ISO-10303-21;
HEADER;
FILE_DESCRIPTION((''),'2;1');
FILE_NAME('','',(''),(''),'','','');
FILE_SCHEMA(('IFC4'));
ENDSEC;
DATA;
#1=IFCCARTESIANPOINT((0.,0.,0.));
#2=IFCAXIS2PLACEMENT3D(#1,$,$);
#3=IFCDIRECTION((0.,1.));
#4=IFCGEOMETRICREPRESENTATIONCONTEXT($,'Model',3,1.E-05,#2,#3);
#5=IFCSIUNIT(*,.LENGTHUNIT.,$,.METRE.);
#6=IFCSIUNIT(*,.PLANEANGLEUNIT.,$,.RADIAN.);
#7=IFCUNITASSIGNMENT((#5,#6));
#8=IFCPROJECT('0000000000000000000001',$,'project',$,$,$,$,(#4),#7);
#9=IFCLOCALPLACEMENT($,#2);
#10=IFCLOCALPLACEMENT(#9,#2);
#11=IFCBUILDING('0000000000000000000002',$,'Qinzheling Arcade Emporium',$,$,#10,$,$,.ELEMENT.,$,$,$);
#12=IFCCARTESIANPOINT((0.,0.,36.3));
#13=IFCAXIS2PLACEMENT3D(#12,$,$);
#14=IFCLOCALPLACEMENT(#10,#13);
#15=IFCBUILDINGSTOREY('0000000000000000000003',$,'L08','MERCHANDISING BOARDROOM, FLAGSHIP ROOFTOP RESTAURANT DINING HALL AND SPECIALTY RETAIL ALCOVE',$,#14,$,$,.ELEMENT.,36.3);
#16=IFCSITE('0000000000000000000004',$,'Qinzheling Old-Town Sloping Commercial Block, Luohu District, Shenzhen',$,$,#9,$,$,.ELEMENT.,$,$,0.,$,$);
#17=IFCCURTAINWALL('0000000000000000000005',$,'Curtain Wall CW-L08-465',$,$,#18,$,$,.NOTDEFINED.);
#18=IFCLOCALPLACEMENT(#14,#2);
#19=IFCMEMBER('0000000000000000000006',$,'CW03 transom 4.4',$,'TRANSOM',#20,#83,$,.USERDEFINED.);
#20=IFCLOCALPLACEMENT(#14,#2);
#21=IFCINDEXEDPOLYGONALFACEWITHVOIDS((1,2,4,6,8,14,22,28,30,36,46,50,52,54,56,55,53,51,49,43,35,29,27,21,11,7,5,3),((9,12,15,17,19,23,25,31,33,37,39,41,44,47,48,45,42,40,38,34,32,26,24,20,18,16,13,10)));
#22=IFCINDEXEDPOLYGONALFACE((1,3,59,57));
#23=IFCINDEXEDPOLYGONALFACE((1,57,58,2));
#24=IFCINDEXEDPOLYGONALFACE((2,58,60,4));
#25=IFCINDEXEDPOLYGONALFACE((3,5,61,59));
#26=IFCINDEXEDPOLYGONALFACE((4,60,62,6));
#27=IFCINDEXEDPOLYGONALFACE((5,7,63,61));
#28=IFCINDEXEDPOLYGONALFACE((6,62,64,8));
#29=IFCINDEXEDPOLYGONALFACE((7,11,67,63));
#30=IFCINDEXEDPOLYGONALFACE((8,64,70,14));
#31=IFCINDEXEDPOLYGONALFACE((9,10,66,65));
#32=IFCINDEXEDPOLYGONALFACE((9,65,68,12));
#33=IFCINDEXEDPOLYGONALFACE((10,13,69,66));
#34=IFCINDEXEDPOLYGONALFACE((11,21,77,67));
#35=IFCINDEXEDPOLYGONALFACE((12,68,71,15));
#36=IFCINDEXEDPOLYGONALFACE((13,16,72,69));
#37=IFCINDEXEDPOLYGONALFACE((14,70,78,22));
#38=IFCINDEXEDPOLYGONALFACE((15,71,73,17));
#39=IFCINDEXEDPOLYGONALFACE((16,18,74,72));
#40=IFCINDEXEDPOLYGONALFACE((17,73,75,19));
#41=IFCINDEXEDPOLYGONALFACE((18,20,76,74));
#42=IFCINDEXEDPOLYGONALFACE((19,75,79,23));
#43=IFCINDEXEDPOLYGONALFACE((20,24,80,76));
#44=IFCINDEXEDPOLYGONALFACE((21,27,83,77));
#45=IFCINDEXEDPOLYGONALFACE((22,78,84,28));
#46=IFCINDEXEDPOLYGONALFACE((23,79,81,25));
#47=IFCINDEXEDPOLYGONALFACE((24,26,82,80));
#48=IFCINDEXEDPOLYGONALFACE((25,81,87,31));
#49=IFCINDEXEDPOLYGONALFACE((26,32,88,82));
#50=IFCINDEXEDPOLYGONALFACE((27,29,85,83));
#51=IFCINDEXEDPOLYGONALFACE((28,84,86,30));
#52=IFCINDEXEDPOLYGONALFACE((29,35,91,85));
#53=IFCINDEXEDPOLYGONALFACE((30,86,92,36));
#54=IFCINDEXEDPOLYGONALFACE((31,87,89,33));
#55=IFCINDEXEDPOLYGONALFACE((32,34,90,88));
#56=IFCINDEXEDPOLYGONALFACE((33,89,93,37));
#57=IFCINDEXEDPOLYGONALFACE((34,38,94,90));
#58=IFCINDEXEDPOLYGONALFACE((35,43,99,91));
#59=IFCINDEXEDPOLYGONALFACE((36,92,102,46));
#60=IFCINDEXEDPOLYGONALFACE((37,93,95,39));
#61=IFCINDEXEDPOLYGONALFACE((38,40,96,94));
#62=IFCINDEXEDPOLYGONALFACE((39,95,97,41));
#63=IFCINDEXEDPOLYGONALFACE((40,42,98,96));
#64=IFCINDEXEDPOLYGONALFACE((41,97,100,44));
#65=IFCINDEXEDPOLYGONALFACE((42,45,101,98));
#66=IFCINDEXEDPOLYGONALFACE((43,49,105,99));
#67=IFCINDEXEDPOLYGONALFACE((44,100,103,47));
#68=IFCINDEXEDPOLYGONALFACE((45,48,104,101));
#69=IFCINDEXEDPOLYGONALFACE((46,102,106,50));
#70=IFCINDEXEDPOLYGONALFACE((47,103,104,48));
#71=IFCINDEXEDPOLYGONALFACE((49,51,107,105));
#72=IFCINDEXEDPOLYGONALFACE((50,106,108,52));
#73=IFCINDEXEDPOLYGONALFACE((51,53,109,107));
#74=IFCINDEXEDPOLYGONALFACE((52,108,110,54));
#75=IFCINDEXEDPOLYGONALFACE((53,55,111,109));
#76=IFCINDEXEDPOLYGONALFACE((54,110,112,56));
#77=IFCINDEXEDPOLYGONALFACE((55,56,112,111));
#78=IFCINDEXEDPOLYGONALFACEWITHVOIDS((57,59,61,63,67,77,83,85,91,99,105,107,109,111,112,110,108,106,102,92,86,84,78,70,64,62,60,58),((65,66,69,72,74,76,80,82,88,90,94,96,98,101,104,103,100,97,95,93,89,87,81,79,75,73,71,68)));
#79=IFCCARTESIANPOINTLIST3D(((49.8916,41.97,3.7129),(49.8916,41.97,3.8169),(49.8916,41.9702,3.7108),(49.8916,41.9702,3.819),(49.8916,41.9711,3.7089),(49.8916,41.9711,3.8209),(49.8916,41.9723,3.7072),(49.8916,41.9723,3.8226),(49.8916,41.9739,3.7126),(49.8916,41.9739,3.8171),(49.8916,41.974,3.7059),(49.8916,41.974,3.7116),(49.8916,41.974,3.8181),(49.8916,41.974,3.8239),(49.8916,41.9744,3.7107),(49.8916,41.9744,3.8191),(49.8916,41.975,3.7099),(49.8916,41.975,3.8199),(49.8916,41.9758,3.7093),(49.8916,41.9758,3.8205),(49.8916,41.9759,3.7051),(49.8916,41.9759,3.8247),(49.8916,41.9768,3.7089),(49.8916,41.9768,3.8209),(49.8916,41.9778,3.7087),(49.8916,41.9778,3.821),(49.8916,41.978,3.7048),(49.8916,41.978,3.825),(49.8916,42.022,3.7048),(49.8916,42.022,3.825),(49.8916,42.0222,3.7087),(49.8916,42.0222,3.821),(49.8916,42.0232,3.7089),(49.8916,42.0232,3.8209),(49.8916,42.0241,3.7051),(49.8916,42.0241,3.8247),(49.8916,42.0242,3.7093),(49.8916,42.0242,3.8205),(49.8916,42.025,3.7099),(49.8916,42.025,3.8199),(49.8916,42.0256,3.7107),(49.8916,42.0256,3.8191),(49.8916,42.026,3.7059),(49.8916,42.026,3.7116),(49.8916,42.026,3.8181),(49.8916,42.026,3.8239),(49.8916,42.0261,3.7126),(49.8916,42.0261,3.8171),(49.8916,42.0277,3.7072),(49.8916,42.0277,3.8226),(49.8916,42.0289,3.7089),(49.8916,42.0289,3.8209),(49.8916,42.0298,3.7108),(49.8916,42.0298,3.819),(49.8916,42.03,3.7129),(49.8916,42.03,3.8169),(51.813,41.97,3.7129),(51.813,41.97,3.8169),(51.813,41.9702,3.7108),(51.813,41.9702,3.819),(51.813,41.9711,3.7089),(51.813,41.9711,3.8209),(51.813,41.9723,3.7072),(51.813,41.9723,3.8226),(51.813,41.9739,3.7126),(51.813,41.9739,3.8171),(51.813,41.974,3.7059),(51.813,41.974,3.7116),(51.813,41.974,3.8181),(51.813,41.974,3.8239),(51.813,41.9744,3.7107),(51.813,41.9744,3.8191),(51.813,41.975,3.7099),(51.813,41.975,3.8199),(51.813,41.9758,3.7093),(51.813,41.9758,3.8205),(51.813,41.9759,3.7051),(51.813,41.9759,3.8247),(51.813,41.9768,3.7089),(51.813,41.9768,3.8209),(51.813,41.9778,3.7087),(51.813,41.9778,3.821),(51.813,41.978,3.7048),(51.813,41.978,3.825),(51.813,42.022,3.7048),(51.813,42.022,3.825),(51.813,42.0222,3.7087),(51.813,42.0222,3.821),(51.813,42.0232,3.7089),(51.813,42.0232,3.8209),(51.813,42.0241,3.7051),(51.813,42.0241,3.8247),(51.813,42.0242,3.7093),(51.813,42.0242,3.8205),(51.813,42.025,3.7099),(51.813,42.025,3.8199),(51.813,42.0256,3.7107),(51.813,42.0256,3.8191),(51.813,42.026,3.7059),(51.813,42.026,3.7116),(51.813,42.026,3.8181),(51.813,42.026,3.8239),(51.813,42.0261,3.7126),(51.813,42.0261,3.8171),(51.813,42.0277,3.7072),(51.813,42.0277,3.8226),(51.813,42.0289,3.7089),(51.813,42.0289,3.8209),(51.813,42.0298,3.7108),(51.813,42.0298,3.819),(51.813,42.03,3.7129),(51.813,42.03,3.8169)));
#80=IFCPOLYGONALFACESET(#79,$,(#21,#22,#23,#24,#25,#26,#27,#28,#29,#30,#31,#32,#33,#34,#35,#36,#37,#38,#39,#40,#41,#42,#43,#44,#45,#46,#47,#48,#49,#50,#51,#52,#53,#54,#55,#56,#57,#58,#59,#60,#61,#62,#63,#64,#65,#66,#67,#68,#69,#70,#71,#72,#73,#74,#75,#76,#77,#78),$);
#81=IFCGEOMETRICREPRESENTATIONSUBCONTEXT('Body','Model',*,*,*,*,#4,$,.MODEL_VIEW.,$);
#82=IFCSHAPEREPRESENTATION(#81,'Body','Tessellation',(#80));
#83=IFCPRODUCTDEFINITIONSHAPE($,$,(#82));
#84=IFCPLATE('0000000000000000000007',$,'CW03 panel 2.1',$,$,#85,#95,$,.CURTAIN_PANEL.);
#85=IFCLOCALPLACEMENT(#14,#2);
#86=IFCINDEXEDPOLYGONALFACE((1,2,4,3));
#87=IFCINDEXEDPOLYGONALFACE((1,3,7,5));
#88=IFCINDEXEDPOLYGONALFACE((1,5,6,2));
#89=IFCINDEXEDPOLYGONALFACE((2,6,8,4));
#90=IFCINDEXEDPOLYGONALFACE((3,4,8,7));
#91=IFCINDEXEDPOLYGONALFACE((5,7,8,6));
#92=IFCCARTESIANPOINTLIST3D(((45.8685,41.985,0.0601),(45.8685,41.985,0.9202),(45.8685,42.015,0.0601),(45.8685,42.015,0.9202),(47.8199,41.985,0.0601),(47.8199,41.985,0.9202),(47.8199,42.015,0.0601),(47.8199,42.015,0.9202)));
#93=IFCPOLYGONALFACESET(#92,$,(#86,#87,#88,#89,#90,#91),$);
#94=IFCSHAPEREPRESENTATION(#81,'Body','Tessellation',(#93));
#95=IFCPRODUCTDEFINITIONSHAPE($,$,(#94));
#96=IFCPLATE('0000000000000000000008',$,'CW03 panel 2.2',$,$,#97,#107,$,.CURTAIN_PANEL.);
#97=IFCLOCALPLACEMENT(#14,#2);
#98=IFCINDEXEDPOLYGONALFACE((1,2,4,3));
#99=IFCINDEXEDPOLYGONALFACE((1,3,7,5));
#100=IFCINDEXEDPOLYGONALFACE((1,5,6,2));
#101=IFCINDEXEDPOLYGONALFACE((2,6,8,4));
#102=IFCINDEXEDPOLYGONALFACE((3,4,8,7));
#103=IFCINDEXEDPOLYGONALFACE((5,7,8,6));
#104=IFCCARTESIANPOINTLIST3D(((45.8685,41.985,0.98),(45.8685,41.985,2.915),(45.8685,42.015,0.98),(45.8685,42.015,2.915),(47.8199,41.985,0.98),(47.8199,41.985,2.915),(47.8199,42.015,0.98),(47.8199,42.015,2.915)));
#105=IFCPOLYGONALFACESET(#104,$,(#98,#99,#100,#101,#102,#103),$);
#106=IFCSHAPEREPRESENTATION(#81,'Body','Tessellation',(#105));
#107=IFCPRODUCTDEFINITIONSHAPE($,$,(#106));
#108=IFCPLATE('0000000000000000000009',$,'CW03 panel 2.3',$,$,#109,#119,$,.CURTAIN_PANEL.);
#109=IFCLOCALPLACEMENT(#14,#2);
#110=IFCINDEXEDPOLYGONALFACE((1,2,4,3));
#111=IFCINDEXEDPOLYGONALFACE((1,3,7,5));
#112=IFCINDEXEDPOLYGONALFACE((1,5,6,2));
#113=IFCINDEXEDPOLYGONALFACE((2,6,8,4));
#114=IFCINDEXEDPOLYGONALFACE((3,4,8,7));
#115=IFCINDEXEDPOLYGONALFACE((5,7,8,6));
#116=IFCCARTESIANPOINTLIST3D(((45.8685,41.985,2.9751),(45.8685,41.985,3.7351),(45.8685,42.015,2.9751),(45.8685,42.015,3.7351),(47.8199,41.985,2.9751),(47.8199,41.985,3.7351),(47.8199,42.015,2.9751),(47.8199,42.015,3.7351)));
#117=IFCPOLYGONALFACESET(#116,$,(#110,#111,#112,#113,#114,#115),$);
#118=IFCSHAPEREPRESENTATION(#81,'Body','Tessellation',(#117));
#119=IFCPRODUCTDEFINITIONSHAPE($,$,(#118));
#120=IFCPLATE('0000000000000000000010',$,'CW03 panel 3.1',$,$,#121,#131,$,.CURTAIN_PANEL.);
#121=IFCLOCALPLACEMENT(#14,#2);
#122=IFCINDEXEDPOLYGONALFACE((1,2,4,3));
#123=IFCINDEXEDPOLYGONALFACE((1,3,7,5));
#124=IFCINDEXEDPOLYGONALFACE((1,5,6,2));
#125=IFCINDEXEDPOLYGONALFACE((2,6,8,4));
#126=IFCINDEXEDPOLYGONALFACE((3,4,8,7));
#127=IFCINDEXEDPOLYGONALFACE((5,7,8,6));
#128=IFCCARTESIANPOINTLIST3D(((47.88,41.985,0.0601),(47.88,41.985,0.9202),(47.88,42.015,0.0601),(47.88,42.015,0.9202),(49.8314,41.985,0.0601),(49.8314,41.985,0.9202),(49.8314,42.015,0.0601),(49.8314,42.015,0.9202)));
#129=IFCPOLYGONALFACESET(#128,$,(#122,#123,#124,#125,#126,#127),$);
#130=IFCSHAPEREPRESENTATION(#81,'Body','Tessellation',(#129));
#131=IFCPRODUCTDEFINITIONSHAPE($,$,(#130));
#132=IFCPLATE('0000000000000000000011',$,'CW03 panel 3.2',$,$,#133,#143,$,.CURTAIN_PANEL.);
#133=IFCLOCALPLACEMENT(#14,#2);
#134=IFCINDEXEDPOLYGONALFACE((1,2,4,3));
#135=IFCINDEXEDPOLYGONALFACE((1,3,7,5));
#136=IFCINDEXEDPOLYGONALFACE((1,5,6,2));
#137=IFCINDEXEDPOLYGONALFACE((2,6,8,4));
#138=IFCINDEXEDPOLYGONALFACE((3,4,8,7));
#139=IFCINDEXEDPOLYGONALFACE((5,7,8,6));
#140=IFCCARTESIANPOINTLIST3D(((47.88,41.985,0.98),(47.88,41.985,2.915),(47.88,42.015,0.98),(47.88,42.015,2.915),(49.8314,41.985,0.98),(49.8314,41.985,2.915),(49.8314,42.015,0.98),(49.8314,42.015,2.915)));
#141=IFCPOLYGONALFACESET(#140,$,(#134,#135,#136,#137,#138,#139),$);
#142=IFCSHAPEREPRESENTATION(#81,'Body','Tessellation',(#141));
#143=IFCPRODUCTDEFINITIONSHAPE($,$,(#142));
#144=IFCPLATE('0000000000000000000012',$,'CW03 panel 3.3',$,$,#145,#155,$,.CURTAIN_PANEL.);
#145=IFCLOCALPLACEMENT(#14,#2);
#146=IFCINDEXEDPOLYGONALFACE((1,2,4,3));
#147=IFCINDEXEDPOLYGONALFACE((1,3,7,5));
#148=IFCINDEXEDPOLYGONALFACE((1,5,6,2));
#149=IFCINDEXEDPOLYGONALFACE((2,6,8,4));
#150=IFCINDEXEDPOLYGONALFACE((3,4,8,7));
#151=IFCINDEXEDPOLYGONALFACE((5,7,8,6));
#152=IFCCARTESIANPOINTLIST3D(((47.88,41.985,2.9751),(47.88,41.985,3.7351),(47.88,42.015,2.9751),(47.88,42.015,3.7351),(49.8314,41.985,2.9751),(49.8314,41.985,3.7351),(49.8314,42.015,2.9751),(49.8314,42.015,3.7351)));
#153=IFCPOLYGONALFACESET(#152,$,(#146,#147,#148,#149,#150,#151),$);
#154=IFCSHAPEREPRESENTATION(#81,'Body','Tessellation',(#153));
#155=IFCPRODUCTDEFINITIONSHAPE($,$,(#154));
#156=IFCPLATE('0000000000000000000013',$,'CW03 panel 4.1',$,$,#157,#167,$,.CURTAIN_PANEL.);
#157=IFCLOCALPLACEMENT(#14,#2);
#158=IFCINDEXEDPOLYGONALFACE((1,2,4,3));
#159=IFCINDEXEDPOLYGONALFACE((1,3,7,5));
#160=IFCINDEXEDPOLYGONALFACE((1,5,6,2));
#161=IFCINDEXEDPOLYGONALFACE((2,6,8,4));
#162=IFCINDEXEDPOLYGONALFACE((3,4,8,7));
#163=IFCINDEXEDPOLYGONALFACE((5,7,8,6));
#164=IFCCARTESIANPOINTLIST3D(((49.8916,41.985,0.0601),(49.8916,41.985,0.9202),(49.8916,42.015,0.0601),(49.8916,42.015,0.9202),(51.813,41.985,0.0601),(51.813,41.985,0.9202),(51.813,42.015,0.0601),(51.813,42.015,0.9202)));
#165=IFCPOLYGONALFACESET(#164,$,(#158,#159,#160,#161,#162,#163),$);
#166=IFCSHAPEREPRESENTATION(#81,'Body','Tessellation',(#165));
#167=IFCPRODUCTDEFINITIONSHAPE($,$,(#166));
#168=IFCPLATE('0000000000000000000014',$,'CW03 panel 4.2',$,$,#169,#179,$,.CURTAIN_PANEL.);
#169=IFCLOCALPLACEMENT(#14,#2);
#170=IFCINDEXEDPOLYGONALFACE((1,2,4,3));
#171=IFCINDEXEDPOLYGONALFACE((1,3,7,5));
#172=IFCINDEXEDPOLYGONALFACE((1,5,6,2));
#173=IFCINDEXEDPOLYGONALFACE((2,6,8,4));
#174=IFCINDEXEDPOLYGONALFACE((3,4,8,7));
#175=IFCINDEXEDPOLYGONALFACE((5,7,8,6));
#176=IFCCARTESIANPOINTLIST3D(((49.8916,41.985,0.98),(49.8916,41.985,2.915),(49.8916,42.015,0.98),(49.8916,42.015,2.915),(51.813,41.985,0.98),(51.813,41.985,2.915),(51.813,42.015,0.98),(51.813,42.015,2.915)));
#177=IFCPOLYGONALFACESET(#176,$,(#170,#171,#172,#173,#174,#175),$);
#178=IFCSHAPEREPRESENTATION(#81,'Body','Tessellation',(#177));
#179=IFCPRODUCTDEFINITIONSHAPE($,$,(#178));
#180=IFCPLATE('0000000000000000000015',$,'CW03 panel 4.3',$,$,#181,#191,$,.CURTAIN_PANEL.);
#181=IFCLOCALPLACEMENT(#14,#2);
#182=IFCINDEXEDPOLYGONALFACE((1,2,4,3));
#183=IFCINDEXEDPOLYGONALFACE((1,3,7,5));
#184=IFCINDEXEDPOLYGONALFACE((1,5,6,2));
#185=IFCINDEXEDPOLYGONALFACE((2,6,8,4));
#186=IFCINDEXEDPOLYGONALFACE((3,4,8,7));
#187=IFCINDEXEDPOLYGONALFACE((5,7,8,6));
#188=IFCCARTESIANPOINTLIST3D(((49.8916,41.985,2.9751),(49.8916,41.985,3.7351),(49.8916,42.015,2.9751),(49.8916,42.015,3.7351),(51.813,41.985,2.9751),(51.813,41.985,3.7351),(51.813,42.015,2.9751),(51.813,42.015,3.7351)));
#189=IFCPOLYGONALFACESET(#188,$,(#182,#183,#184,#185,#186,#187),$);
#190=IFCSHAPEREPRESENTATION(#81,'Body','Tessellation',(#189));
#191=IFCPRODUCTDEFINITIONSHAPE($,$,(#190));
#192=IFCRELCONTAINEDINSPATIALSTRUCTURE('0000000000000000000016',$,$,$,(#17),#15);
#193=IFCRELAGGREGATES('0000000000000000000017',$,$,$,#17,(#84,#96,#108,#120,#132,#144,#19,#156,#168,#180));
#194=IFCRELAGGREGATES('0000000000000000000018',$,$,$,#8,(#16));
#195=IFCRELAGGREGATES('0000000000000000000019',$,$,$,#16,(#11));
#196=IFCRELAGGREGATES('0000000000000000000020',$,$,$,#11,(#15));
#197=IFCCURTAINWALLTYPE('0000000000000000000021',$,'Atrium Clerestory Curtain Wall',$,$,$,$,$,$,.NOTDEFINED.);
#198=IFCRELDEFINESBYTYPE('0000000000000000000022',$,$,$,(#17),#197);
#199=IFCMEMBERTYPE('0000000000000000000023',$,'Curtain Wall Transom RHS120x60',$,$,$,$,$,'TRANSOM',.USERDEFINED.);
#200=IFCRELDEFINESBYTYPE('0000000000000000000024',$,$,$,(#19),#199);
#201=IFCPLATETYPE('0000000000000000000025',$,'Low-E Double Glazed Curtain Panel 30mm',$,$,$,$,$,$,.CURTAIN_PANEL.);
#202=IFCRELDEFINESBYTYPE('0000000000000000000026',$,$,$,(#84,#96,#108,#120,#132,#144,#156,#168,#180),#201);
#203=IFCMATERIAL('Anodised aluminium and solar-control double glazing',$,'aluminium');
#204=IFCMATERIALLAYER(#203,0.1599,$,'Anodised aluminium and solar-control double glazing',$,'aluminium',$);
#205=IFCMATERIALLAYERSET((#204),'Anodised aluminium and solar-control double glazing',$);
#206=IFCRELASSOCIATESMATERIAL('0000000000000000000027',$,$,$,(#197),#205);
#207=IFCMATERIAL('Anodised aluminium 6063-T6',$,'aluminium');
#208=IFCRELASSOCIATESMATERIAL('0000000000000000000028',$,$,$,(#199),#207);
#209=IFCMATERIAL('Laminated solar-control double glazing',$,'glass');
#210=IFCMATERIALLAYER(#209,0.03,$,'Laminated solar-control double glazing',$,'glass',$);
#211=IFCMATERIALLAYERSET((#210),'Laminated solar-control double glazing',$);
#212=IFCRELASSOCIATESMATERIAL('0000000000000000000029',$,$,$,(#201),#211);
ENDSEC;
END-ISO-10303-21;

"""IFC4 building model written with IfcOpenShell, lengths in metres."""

from ifc_helpers import new_model, si_unit, direction, frame, origin, origin_2d, place, context, subcontext, project, spatial, rectangle, hollow_rectangle, extrude, material, layer, layer_set, material_profile, profile_set, type_object, element, aggregate, save


model = new_model("IFC4")

# Units and contexts
model_context = context("Model", 3, precision=1e-05, world=origin(), true_north=direction((0.0, 1.0)))
body_context = subcontext(model_context, "Body", "Model", "MODEL_VIEW")
ifc_project = project(units=[si_unit("LENGTHUNIT", "METRE"), si_unit("PLANEANGLEUNIT", "RADIAN")], contexts=[model_context])

# Site, building, storey
site_placement = place(None, origin())
site = spatial("IfcSite", under=ifc_project, at=site_placement, Name="Qinzheling Old-Town Sloping Commercial Block, Luohu District, Shenzhen", CompositionType="ELEMENT", RefElevation=0.0)
building_placement = place(site_placement, origin())
building = spatial("IfcBuilding", under=site, at=building_placement, Name="Qinzheling Arcade Emporium", CompositionType="ELEMENT")
storey_placement = place(building_placement, frame((0.0, 0.0, 36.3)))
storey = spatial("IfcBuildingStorey", under=building, at=storey_placement, Name="L08", Description="MERCHANDISING BOARDROOM, FLAGSHIP ROOFTOP RESTAURANT DINING HALL AND SPECIALTY RETAIL ALCOVE", CompositionType="ELEMENT", Elevation=36.3)

# Curtain wall, member, plates
ifc_material_1 = material(Name="Anodised aluminium and solar-control double glazing", Category="aluminium")
ifc_layer_1 = layer(ifc_material_1, 0.1599, Name="Anodised aluminium and solar-control double glazing", Category="aluminium")
ifc_layer_set_1 = layer_set([ifc_layer_1], Name="Anodised aluminium and solar-control double glazing")
curtain_wall_type = type_object("IfcCurtainWallType", Name="Atrium Clerestory Curtain Wall", PredefinedType="NOTDEFINED", material=ifc_layer_set_1)
curtain_wall_placement = place(storey_placement, origin())
curtain_wall = element("IfcCurtainWall", 1, at=curtain_wall_placement, inside=storey, type_object=curtain_wall_type, Name="Curtain Wall CW-L08-465", PredefinedType="NOTDEFINED")
ifc_material_2 = material(Name="Anodised aluminium 6063-T6", Category="aluminium")
ifc_material_profile_1 = material_profile(ifc_material_2, hollow_rectangle(XDim=0.0601, YDim=0.1201, WallThickness=0.0039, InnerFilletRadius=0.0039, OuterFilletRadius=0.0081, at=origin_2d()), Name="RHS 120x60x4", Category="aluminium")
ifc_profile_set_1 = profile_set([ifc_material_profile_1], Name="Anodised aluminium 6063-T6")
member_type_1 = type_object("IfcMemberType", Name="Curtain Wall Transom RHS120x60", ElementType="TRANSOM", PredefinedType="USERDEFINED", material=ifc_profile_set_1)
member_1_placement = place(storey_placement, frame((49.8916, 42.0, 3.7649), z_axis=(1.0, 0.0, 0.0), x_axis=(0.0, 1.0, 0.0)))
member_1 = element("IfcMember", 2, at=member_1_placement, type_object=member_type_1, Name="CW03 transom 4.4", ObjectType="TRANSOM", PredefinedType="USERDEFINED", context=body_context, shape_type="SweptSolid", body=[
    extrude(hollow_rectangle(XDim=0.0601, YDim=0.1201, WallThickness=0.0039, InnerFilletRadius=0.0039, OuterFilletRadius=0.0081, at=origin_2d()), origin(), (0.0, 0.0, 1.0), 1.9214),
])
ifc_material_3 = material(Name="Laminated solar-control double glazing", Category="glass")
ifc_layer_2 = layer(ifc_material_3, 0.03, Name="Laminated solar-control double glazing", Category="glass")
ifc_layer_set_2 = layer_set([ifc_layer_2], Name="Laminated solar-control double glazing")
plate_type = type_object("IfcPlateType", Name="Low-E Double Glazed Curtain Panel 30mm", PredefinedType="CURTAIN_PANEL", material=ifc_layer_set_2)
plate_1_placement = place(storey_placement, frame((46.8442, 42.0, 0.0601), z_axis=(0.0, 0.0, 1.0), x_axis=(1.0, 0.0, 0.0)))
plate_1 = element("IfcPlate", 3, at=plate_1_placement, type_object=plate_type, Name="CW03 panel 2.1", PredefinedType="CURTAIN_PANEL", context=body_context, shape_type="SweptSolid", body=[
    extrude(rectangle(XDim=1.9514, YDim=0.03, at=origin_2d()), origin(), (0.0, 0.0, 1.0), 0.8601),
])
plate_2_placement = place(storey_placement, frame((46.8442, 42.0, 0.98), z_axis=(0.0, 0.0, 1.0), x_axis=(1.0, 0.0, 0.0)))
plate_2 = element("IfcPlate", 4, at=plate_2_placement, type_object=plate_type, Name="CW03 panel 2.2", PredefinedType="CURTAIN_PANEL", context=body_context, shape_type="SweptSolid", body=[
    extrude(rectangle(XDim=1.9514, YDim=0.03, at=origin_2d()), origin(), (0.0, 0.0, 1.0), 1.9351),
])
plate_3_placement = place(storey_placement, frame((46.8442, 42.0, 2.9751), z_axis=(0.0, 0.0, 1.0), x_axis=(1.0, 0.0, 0.0)))
plate_3 = element("IfcPlate", 5, at=plate_3_placement, type_object=plate_type, Name="CW03 panel 2.3", PredefinedType="CURTAIN_PANEL", context=body_context, shape_type="SweptSolid", body=[
    extrude(rectangle(XDim=1.9514, YDim=0.03, at=origin_2d()), origin(), (0.0, 0.0, 1.0), 0.76),
])
plate_4_placement = place(storey_placement, frame((48.8557, 42.0, 0.0601), z_axis=(0.0, 0.0, 1.0), x_axis=(1.0, 0.0, 0.0)))
plate_4 = element("IfcPlate", 6, at=plate_4_placement, type_object=plate_type, Name="CW03 panel 3.1", PredefinedType="CURTAIN_PANEL", context=body_context, shape_type="SweptSolid", body=[
    extrude(rectangle(XDim=1.9514, YDim=0.03, at=origin_2d()), origin(), (0.0, 0.0, 1.0), 0.8601),
])
plate_5_placement = place(storey_placement, frame((48.8557, 42.0, 0.98), z_axis=(0.0, 0.0, 1.0), x_axis=(1.0, 0.0, 0.0)))
plate_5 = element("IfcPlate", 7, at=plate_5_placement, type_object=plate_type, Name="CW03 panel 3.2", PredefinedType="CURTAIN_PANEL", context=body_context, shape_type="SweptSolid", body=[
    extrude(rectangle(XDim=1.9514, YDim=0.03, at=origin_2d()), origin(), (0.0, 0.0, 1.0), 1.9351),
])
plate_6_placement = place(storey_placement, frame((48.8557, 42.0, 2.9751), z_axis=(0.0, 0.0, 1.0), x_axis=(1.0, 0.0, 0.0)))
plate_6 = element("IfcPlate", 8, at=plate_6_placement, type_object=plate_type, Name="CW03 panel 3.3", PredefinedType="CURTAIN_PANEL", context=body_context, shape_type="SweptSolid", body=[
    extrude(rectangle(XDim=1.9514, YDim=0.03, at=origin_2d()), origin(), (0.0, 0.0, 1.0), 0.76),
])
plate_7_placement = place(storey_placement, frame((50.8523, 42.0, 0.0601), z_axis=(0.0, 0.0, 1.0), x_axis=(1.0, 0.0, 0.0)))
plate_7 = element("IfcPlate", 9, at=plate_7_placement, type_object=plate_type, Name="CW03 panel 4.1", PredefinedType="CURTAIN_PANEL", context=body_context, shape_type="SweptSolid", body=[
    extrude(rectangle(XDim=1.9214, YDim=0.03, at=origin_2d()), origin(), (0.0, 0.0, 1.0), 0.8601),
])
plate_8_placement = place(storey_placement, frame((50.8523, 42.0, 0.98), z_axis=(0.0, 0.0, 1.0), x_axis=(1.0, 0.0, 0.0)))
plate_8 = element("IfcPlate", 10, at=plate_8_placement, type_object=plate_type, Name="CW03 panel 4.2", PredefinedType="CURTAIN_PANEL", context=body_context, shape_type="SweptSolid", body=[
    extrude(rectangle(XDim=1.9214, YDim=0.03, at=origin_2d()), origin(), (0.0, 0.0, 1.0), 1.9351),
])
plate_9_placement = place(storey_placement, frame((50.8523, 42.0, 2.9751), z_axis=(0.0, 0.0, 1.0), x_axis=(1.0, 0.0, 0.0)))
plate_9 = element("IfcPlate", 11, at=plate_9_placement, type_object=plate_type, Name="CW03 panel 4.3", PredefinedType="CURTAIN_PANEL", context=body_context, shape_type="SweptSolid", body=[
    extrude(rectangle(XDim=1.9214, YDim=0.03, at=origin_2d()), origin(), (0.0, 0.0, 1.0), 0.76),
])
aggregate(curtain_wall, [plate_1, plate_2, plate_3, plate_4, plate_5, plate_6, member_1, plate_7, plate_8, plate_9])

save(model, "model.ifc")
